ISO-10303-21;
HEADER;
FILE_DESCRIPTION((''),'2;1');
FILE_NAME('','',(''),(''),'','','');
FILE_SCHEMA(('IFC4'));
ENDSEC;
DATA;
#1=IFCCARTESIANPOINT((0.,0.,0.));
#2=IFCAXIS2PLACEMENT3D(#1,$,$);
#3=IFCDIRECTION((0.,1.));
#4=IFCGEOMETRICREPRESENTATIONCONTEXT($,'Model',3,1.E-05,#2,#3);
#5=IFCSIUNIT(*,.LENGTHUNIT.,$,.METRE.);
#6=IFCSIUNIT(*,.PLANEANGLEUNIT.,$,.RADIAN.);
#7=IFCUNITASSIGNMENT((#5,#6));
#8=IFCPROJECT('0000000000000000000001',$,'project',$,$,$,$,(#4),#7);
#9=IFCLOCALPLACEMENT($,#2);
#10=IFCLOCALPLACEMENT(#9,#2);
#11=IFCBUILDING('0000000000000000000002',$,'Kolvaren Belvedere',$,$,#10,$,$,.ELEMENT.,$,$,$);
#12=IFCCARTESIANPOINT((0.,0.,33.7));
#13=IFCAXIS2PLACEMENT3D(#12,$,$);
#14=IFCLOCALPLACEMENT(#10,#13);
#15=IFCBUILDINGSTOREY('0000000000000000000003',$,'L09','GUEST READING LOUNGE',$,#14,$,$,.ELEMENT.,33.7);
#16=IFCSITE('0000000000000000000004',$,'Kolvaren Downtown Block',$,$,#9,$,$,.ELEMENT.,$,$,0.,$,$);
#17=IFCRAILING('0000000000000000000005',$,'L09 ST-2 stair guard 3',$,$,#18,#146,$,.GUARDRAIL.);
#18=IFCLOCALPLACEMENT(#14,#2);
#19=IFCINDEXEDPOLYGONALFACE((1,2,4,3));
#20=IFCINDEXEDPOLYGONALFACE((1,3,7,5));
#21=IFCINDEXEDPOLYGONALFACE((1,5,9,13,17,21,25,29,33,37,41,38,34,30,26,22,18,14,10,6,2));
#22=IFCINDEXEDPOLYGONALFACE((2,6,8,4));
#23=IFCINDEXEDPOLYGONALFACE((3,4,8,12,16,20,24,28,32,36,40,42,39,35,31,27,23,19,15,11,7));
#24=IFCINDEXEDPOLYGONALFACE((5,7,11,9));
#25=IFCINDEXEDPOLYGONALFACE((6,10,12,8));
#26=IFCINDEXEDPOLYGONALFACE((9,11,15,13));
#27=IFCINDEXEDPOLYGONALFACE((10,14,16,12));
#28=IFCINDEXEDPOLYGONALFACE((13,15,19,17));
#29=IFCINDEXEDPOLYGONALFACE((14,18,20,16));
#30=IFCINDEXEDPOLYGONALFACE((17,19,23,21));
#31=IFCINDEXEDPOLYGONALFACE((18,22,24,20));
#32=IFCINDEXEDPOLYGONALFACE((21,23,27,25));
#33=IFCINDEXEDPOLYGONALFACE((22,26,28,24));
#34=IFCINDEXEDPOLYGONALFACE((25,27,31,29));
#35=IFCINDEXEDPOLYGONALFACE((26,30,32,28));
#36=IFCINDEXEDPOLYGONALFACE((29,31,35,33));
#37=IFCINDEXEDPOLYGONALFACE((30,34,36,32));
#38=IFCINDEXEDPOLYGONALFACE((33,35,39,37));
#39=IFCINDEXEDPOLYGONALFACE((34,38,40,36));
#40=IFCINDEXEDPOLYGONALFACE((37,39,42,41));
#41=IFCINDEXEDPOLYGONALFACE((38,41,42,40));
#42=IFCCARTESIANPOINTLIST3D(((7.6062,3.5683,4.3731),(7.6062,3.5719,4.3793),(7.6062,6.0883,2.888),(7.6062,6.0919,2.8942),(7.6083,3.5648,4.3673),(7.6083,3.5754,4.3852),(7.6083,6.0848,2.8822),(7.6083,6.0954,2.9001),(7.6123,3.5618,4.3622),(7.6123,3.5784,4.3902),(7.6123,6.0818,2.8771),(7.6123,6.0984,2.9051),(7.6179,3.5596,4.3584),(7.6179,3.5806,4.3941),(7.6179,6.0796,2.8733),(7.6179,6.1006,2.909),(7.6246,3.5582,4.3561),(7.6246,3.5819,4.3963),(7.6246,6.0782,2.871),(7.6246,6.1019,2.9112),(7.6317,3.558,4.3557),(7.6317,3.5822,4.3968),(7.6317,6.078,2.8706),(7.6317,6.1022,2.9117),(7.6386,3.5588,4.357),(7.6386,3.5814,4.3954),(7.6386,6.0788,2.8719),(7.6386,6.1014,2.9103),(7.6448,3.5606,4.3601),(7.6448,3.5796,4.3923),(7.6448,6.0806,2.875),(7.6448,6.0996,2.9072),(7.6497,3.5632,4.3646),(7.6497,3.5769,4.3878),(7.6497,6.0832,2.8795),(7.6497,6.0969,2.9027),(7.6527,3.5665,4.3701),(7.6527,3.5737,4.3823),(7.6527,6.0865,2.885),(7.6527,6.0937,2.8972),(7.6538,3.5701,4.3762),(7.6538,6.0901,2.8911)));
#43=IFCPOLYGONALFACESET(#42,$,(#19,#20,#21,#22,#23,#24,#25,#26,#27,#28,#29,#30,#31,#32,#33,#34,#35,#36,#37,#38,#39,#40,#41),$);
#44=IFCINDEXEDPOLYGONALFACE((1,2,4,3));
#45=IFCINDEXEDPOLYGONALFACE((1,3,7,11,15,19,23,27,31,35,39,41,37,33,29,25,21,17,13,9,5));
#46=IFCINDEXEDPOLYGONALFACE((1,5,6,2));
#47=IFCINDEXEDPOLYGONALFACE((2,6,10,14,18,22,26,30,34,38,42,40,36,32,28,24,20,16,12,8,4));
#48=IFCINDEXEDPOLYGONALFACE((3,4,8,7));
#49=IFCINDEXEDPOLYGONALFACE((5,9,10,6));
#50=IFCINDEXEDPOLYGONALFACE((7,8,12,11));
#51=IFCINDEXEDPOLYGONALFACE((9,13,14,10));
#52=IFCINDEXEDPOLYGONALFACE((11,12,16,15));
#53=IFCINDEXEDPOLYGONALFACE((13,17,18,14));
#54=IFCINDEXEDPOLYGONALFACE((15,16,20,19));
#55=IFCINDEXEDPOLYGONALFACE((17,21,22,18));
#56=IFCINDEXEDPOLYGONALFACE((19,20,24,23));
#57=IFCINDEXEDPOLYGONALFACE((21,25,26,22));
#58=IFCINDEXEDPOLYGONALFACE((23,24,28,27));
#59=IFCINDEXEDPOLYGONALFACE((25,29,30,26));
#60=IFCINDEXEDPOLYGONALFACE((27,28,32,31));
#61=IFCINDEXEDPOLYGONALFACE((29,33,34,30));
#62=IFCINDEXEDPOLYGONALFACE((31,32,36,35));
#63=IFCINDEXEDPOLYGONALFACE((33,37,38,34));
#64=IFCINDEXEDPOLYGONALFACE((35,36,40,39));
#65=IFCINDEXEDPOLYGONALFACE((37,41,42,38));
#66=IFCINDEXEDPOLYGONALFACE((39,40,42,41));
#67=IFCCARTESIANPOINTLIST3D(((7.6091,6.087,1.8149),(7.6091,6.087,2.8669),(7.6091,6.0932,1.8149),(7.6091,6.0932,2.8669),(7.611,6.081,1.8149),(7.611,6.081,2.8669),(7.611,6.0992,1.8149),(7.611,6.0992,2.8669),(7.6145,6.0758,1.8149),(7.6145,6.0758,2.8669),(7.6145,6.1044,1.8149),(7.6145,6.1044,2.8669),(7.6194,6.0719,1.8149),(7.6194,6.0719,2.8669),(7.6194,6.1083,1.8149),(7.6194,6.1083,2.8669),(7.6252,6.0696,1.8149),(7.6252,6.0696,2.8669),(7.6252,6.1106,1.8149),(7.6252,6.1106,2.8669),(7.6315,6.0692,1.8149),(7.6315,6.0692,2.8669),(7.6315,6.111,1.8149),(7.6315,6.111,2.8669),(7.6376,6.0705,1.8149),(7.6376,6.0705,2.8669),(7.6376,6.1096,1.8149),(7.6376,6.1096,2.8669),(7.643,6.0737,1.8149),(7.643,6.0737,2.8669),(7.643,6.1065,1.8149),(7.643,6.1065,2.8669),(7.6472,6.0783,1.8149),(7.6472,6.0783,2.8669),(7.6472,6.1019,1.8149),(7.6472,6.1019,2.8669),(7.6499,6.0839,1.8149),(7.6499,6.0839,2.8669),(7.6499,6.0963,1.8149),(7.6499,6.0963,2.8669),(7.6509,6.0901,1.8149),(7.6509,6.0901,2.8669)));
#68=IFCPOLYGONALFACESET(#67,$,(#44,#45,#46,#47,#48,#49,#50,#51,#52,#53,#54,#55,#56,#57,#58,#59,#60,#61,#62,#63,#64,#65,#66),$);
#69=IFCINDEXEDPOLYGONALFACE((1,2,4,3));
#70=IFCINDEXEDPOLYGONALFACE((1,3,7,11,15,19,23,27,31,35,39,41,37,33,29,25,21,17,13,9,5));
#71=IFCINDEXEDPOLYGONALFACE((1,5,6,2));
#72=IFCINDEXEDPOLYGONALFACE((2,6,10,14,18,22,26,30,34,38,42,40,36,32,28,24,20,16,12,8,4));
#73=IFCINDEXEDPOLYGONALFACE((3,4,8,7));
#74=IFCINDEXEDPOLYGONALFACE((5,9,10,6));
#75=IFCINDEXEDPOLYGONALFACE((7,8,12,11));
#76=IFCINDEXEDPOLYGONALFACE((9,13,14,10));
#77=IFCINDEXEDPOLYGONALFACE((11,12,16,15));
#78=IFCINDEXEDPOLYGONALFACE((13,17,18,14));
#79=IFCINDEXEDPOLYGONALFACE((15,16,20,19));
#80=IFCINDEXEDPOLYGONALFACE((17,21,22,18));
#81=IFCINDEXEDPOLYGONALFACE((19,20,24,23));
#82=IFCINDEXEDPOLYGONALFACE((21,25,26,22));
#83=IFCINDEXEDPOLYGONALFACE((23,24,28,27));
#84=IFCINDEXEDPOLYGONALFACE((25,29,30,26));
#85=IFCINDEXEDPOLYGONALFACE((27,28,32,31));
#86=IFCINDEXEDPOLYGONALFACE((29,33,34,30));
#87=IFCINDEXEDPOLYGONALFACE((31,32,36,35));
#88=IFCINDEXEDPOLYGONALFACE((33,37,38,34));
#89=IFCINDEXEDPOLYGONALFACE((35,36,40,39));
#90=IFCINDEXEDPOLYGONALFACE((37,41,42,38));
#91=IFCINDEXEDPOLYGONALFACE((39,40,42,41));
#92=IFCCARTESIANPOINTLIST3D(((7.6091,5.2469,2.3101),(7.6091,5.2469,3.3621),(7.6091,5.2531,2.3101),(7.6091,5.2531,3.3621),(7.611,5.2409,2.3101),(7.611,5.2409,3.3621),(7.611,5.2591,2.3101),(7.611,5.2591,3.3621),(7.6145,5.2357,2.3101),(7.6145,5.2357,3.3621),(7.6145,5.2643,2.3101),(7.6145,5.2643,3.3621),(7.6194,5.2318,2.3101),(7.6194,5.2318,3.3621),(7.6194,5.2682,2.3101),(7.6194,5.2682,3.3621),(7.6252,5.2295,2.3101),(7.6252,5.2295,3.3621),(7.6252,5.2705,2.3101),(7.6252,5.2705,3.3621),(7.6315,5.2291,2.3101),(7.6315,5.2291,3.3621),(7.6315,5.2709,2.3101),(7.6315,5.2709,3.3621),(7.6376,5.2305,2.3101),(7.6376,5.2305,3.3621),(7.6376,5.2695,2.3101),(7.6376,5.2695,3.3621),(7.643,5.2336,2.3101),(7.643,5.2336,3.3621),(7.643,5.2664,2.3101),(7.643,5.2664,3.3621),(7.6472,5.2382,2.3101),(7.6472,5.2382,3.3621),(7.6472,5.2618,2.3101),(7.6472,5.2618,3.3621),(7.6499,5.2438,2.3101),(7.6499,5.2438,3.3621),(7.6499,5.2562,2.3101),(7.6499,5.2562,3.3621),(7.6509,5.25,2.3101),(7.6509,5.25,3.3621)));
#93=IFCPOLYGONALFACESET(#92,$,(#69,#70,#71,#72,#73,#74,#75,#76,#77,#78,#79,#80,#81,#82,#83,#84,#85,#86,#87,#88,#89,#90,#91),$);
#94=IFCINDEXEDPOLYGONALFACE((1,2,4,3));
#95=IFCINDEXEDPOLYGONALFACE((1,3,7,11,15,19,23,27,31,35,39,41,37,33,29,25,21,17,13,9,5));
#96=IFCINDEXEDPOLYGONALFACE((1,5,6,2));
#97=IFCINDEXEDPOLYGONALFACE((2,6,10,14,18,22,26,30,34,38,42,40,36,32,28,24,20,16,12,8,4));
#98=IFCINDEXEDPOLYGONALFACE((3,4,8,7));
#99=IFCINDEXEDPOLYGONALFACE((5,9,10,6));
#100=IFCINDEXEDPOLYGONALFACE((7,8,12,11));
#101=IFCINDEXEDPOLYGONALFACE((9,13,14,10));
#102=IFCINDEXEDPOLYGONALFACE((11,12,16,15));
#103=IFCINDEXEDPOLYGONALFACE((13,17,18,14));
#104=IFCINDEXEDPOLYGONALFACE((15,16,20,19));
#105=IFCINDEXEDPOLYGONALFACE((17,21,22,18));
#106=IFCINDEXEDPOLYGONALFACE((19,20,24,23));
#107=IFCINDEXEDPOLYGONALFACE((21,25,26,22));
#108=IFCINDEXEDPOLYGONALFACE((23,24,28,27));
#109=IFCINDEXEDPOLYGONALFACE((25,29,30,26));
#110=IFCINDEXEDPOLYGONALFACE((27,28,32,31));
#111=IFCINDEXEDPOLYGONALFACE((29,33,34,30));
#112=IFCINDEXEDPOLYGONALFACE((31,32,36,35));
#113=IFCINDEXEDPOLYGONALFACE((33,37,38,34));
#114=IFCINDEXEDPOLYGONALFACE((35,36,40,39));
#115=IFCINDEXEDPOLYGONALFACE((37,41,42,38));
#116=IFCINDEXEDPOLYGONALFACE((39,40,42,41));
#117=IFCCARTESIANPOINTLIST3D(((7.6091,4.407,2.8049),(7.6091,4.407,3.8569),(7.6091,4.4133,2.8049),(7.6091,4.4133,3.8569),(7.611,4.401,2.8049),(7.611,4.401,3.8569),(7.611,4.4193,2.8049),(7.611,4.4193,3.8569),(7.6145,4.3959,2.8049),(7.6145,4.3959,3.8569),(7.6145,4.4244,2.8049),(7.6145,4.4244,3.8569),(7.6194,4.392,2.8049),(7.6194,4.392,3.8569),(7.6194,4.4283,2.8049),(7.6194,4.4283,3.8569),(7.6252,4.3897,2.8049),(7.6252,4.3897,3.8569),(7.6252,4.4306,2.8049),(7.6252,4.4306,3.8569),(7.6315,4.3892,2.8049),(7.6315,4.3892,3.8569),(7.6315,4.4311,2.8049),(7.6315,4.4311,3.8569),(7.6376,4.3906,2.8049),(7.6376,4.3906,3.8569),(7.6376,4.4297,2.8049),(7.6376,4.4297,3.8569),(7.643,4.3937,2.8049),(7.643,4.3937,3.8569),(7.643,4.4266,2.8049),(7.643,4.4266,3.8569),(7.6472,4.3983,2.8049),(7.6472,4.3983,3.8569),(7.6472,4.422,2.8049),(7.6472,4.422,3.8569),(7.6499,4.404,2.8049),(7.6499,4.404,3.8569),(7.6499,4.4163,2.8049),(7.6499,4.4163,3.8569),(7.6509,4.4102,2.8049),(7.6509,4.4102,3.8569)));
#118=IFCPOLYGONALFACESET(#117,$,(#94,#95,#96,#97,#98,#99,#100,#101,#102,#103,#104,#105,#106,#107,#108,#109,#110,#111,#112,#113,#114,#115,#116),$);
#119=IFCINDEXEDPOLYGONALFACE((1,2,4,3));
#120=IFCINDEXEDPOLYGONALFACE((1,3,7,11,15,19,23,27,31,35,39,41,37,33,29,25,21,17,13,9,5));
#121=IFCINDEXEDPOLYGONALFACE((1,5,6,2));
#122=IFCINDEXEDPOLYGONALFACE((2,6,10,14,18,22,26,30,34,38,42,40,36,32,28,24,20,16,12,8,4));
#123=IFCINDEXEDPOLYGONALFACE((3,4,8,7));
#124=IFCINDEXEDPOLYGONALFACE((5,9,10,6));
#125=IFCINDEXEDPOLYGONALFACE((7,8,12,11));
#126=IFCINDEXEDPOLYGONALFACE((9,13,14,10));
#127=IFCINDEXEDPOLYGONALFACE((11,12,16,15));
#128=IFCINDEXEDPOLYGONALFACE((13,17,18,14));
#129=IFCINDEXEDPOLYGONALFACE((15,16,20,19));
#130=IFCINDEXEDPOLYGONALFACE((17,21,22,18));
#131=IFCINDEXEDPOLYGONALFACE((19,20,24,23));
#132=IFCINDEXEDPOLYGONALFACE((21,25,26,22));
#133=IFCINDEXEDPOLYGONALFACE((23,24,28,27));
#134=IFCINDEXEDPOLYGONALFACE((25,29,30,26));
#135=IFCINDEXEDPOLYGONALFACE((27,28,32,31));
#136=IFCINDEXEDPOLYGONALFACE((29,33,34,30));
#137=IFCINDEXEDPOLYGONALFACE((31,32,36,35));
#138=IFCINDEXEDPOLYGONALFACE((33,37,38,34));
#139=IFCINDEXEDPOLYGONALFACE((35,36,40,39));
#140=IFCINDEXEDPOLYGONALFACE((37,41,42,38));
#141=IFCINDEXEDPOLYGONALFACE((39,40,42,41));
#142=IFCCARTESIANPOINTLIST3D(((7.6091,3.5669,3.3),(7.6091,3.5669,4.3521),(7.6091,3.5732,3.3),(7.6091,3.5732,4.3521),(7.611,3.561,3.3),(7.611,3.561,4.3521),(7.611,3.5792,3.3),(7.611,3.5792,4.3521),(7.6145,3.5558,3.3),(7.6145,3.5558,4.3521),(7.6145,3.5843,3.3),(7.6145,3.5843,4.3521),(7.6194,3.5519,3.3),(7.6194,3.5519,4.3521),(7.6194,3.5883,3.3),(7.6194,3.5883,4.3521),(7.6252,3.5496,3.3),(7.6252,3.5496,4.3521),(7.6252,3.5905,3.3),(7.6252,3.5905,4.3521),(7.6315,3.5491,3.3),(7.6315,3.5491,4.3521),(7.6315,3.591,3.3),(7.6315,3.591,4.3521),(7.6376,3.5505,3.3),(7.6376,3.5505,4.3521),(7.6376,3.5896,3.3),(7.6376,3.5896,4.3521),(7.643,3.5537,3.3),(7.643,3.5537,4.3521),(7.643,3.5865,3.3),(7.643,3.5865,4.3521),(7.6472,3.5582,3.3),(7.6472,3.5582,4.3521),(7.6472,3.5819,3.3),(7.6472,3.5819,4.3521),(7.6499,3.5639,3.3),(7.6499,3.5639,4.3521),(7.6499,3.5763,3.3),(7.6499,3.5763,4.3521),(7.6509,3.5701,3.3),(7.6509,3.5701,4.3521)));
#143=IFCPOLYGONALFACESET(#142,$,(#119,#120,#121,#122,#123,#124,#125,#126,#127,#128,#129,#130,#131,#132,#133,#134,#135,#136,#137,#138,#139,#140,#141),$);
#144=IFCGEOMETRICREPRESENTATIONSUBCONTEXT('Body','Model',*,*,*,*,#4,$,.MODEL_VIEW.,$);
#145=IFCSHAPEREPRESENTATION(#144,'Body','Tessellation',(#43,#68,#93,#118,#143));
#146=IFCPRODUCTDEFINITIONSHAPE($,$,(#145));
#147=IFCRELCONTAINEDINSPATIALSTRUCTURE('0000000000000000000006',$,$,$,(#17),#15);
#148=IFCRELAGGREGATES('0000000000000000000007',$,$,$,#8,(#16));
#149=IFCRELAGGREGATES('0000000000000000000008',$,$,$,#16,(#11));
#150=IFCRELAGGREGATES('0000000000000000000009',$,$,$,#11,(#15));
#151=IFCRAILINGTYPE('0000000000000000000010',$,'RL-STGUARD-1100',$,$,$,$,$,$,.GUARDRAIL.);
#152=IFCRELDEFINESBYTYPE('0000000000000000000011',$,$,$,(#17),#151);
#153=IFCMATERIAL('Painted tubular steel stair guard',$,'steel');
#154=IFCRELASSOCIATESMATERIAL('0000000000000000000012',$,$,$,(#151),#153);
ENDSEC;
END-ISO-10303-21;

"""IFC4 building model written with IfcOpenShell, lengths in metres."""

from ifc_helpers import new_model, si_unit, direction, frame, origin, origin_2d, place, context, subcontext, project, spatial, circle, extrude, material, type_object, element, save


model = new_model("IFC4")

# Units and contexts
model_context = context("Model", 3, precision=1e-05, world=origin(), true_north=direction((0.0, 1.0)))
body_context = subcontext(model_context, "Body", "Model", "MODEL_VIEW")
ifc_project = project(units=[si_unit("LENGTHUNIT", "METRE"), si_unit("PLANEANGLEUNIT", "RADIAN")], contexts=[model_context])

# Site, building, storey
site_placement = place(None, origin())
site = spatial("IfcSite", under=ifc_project, at=site_placement, Name="Kolvaren Downtown Block", CompositionType="ELEMENT", RefElevation=0.0)
building_placement = place(site_placement, origin())
building = spatial("IfcBuilding", under=site, at=building_placement, Name="Kolvaren Belvedere", CompositionType="ELEMENT")
storey_placement = place(building_placement, frame((0.0, 0.0, 33.7)))
storey = spatial("IfcBuildingStorey", under=building, at=storey_placement, Name="L09", Description="GUEST READING LOUNGE", CompositionType="ELEMENT", Elevation=33.7)

# Railing
ifc_material_1 = material(Name="Painted tubular steel stair guard", Category="steel")
railing_type_1 = type_object("IfcRailingType", Name="RL-STGUARD-1100", PredefinedType="GUARDRAIL", material=ifc_material_1)
railing_1_placement = place(storey_placement, frame((7.6299, 6.0901, 1.8149)))
element("IfcRailing", 1, at=railing_1_placement, inside=storey, type_object=railing_type_1, Name="L09 ST-2 stair guard 3", PredefinedType="GUARDRAIL", context=body_context, shape_type="SweptSolid", body=[
    extrude(circle(Radius=0.0239, at=origin_2d()), frame((0.0, 0.0, 1.0762), z_axis=(0.0, -0.861524, 0.507717), x_axis=(1.0, 0.0, 0.0)), (0.0, 0.0, 1.0), 2.925),
    extrude(circle(Radius=0.021, at=origin_2d()), origin(), (0.0, 0.0, 1.0), 1.052),
    extrude(circle(Radius=0.021, at=origin_2d()), frame((0.0, -0.8401, 0.4951)), (0.0, 0.0, 1.0), 1.052),
    extrude(circle(Radius=0.021, at=origin_2d()), frame((0.0, -1.6799, 0.99)), (0.0, 0.0, 1.0), 1.052),
    extrude(circle(Radius=0.021, at=origin_2d()), frame((0.0, -2.52, 1.4851)), (0.0, 0.0, 1.0), 1.052),
])

save(model, "model.ifc")
